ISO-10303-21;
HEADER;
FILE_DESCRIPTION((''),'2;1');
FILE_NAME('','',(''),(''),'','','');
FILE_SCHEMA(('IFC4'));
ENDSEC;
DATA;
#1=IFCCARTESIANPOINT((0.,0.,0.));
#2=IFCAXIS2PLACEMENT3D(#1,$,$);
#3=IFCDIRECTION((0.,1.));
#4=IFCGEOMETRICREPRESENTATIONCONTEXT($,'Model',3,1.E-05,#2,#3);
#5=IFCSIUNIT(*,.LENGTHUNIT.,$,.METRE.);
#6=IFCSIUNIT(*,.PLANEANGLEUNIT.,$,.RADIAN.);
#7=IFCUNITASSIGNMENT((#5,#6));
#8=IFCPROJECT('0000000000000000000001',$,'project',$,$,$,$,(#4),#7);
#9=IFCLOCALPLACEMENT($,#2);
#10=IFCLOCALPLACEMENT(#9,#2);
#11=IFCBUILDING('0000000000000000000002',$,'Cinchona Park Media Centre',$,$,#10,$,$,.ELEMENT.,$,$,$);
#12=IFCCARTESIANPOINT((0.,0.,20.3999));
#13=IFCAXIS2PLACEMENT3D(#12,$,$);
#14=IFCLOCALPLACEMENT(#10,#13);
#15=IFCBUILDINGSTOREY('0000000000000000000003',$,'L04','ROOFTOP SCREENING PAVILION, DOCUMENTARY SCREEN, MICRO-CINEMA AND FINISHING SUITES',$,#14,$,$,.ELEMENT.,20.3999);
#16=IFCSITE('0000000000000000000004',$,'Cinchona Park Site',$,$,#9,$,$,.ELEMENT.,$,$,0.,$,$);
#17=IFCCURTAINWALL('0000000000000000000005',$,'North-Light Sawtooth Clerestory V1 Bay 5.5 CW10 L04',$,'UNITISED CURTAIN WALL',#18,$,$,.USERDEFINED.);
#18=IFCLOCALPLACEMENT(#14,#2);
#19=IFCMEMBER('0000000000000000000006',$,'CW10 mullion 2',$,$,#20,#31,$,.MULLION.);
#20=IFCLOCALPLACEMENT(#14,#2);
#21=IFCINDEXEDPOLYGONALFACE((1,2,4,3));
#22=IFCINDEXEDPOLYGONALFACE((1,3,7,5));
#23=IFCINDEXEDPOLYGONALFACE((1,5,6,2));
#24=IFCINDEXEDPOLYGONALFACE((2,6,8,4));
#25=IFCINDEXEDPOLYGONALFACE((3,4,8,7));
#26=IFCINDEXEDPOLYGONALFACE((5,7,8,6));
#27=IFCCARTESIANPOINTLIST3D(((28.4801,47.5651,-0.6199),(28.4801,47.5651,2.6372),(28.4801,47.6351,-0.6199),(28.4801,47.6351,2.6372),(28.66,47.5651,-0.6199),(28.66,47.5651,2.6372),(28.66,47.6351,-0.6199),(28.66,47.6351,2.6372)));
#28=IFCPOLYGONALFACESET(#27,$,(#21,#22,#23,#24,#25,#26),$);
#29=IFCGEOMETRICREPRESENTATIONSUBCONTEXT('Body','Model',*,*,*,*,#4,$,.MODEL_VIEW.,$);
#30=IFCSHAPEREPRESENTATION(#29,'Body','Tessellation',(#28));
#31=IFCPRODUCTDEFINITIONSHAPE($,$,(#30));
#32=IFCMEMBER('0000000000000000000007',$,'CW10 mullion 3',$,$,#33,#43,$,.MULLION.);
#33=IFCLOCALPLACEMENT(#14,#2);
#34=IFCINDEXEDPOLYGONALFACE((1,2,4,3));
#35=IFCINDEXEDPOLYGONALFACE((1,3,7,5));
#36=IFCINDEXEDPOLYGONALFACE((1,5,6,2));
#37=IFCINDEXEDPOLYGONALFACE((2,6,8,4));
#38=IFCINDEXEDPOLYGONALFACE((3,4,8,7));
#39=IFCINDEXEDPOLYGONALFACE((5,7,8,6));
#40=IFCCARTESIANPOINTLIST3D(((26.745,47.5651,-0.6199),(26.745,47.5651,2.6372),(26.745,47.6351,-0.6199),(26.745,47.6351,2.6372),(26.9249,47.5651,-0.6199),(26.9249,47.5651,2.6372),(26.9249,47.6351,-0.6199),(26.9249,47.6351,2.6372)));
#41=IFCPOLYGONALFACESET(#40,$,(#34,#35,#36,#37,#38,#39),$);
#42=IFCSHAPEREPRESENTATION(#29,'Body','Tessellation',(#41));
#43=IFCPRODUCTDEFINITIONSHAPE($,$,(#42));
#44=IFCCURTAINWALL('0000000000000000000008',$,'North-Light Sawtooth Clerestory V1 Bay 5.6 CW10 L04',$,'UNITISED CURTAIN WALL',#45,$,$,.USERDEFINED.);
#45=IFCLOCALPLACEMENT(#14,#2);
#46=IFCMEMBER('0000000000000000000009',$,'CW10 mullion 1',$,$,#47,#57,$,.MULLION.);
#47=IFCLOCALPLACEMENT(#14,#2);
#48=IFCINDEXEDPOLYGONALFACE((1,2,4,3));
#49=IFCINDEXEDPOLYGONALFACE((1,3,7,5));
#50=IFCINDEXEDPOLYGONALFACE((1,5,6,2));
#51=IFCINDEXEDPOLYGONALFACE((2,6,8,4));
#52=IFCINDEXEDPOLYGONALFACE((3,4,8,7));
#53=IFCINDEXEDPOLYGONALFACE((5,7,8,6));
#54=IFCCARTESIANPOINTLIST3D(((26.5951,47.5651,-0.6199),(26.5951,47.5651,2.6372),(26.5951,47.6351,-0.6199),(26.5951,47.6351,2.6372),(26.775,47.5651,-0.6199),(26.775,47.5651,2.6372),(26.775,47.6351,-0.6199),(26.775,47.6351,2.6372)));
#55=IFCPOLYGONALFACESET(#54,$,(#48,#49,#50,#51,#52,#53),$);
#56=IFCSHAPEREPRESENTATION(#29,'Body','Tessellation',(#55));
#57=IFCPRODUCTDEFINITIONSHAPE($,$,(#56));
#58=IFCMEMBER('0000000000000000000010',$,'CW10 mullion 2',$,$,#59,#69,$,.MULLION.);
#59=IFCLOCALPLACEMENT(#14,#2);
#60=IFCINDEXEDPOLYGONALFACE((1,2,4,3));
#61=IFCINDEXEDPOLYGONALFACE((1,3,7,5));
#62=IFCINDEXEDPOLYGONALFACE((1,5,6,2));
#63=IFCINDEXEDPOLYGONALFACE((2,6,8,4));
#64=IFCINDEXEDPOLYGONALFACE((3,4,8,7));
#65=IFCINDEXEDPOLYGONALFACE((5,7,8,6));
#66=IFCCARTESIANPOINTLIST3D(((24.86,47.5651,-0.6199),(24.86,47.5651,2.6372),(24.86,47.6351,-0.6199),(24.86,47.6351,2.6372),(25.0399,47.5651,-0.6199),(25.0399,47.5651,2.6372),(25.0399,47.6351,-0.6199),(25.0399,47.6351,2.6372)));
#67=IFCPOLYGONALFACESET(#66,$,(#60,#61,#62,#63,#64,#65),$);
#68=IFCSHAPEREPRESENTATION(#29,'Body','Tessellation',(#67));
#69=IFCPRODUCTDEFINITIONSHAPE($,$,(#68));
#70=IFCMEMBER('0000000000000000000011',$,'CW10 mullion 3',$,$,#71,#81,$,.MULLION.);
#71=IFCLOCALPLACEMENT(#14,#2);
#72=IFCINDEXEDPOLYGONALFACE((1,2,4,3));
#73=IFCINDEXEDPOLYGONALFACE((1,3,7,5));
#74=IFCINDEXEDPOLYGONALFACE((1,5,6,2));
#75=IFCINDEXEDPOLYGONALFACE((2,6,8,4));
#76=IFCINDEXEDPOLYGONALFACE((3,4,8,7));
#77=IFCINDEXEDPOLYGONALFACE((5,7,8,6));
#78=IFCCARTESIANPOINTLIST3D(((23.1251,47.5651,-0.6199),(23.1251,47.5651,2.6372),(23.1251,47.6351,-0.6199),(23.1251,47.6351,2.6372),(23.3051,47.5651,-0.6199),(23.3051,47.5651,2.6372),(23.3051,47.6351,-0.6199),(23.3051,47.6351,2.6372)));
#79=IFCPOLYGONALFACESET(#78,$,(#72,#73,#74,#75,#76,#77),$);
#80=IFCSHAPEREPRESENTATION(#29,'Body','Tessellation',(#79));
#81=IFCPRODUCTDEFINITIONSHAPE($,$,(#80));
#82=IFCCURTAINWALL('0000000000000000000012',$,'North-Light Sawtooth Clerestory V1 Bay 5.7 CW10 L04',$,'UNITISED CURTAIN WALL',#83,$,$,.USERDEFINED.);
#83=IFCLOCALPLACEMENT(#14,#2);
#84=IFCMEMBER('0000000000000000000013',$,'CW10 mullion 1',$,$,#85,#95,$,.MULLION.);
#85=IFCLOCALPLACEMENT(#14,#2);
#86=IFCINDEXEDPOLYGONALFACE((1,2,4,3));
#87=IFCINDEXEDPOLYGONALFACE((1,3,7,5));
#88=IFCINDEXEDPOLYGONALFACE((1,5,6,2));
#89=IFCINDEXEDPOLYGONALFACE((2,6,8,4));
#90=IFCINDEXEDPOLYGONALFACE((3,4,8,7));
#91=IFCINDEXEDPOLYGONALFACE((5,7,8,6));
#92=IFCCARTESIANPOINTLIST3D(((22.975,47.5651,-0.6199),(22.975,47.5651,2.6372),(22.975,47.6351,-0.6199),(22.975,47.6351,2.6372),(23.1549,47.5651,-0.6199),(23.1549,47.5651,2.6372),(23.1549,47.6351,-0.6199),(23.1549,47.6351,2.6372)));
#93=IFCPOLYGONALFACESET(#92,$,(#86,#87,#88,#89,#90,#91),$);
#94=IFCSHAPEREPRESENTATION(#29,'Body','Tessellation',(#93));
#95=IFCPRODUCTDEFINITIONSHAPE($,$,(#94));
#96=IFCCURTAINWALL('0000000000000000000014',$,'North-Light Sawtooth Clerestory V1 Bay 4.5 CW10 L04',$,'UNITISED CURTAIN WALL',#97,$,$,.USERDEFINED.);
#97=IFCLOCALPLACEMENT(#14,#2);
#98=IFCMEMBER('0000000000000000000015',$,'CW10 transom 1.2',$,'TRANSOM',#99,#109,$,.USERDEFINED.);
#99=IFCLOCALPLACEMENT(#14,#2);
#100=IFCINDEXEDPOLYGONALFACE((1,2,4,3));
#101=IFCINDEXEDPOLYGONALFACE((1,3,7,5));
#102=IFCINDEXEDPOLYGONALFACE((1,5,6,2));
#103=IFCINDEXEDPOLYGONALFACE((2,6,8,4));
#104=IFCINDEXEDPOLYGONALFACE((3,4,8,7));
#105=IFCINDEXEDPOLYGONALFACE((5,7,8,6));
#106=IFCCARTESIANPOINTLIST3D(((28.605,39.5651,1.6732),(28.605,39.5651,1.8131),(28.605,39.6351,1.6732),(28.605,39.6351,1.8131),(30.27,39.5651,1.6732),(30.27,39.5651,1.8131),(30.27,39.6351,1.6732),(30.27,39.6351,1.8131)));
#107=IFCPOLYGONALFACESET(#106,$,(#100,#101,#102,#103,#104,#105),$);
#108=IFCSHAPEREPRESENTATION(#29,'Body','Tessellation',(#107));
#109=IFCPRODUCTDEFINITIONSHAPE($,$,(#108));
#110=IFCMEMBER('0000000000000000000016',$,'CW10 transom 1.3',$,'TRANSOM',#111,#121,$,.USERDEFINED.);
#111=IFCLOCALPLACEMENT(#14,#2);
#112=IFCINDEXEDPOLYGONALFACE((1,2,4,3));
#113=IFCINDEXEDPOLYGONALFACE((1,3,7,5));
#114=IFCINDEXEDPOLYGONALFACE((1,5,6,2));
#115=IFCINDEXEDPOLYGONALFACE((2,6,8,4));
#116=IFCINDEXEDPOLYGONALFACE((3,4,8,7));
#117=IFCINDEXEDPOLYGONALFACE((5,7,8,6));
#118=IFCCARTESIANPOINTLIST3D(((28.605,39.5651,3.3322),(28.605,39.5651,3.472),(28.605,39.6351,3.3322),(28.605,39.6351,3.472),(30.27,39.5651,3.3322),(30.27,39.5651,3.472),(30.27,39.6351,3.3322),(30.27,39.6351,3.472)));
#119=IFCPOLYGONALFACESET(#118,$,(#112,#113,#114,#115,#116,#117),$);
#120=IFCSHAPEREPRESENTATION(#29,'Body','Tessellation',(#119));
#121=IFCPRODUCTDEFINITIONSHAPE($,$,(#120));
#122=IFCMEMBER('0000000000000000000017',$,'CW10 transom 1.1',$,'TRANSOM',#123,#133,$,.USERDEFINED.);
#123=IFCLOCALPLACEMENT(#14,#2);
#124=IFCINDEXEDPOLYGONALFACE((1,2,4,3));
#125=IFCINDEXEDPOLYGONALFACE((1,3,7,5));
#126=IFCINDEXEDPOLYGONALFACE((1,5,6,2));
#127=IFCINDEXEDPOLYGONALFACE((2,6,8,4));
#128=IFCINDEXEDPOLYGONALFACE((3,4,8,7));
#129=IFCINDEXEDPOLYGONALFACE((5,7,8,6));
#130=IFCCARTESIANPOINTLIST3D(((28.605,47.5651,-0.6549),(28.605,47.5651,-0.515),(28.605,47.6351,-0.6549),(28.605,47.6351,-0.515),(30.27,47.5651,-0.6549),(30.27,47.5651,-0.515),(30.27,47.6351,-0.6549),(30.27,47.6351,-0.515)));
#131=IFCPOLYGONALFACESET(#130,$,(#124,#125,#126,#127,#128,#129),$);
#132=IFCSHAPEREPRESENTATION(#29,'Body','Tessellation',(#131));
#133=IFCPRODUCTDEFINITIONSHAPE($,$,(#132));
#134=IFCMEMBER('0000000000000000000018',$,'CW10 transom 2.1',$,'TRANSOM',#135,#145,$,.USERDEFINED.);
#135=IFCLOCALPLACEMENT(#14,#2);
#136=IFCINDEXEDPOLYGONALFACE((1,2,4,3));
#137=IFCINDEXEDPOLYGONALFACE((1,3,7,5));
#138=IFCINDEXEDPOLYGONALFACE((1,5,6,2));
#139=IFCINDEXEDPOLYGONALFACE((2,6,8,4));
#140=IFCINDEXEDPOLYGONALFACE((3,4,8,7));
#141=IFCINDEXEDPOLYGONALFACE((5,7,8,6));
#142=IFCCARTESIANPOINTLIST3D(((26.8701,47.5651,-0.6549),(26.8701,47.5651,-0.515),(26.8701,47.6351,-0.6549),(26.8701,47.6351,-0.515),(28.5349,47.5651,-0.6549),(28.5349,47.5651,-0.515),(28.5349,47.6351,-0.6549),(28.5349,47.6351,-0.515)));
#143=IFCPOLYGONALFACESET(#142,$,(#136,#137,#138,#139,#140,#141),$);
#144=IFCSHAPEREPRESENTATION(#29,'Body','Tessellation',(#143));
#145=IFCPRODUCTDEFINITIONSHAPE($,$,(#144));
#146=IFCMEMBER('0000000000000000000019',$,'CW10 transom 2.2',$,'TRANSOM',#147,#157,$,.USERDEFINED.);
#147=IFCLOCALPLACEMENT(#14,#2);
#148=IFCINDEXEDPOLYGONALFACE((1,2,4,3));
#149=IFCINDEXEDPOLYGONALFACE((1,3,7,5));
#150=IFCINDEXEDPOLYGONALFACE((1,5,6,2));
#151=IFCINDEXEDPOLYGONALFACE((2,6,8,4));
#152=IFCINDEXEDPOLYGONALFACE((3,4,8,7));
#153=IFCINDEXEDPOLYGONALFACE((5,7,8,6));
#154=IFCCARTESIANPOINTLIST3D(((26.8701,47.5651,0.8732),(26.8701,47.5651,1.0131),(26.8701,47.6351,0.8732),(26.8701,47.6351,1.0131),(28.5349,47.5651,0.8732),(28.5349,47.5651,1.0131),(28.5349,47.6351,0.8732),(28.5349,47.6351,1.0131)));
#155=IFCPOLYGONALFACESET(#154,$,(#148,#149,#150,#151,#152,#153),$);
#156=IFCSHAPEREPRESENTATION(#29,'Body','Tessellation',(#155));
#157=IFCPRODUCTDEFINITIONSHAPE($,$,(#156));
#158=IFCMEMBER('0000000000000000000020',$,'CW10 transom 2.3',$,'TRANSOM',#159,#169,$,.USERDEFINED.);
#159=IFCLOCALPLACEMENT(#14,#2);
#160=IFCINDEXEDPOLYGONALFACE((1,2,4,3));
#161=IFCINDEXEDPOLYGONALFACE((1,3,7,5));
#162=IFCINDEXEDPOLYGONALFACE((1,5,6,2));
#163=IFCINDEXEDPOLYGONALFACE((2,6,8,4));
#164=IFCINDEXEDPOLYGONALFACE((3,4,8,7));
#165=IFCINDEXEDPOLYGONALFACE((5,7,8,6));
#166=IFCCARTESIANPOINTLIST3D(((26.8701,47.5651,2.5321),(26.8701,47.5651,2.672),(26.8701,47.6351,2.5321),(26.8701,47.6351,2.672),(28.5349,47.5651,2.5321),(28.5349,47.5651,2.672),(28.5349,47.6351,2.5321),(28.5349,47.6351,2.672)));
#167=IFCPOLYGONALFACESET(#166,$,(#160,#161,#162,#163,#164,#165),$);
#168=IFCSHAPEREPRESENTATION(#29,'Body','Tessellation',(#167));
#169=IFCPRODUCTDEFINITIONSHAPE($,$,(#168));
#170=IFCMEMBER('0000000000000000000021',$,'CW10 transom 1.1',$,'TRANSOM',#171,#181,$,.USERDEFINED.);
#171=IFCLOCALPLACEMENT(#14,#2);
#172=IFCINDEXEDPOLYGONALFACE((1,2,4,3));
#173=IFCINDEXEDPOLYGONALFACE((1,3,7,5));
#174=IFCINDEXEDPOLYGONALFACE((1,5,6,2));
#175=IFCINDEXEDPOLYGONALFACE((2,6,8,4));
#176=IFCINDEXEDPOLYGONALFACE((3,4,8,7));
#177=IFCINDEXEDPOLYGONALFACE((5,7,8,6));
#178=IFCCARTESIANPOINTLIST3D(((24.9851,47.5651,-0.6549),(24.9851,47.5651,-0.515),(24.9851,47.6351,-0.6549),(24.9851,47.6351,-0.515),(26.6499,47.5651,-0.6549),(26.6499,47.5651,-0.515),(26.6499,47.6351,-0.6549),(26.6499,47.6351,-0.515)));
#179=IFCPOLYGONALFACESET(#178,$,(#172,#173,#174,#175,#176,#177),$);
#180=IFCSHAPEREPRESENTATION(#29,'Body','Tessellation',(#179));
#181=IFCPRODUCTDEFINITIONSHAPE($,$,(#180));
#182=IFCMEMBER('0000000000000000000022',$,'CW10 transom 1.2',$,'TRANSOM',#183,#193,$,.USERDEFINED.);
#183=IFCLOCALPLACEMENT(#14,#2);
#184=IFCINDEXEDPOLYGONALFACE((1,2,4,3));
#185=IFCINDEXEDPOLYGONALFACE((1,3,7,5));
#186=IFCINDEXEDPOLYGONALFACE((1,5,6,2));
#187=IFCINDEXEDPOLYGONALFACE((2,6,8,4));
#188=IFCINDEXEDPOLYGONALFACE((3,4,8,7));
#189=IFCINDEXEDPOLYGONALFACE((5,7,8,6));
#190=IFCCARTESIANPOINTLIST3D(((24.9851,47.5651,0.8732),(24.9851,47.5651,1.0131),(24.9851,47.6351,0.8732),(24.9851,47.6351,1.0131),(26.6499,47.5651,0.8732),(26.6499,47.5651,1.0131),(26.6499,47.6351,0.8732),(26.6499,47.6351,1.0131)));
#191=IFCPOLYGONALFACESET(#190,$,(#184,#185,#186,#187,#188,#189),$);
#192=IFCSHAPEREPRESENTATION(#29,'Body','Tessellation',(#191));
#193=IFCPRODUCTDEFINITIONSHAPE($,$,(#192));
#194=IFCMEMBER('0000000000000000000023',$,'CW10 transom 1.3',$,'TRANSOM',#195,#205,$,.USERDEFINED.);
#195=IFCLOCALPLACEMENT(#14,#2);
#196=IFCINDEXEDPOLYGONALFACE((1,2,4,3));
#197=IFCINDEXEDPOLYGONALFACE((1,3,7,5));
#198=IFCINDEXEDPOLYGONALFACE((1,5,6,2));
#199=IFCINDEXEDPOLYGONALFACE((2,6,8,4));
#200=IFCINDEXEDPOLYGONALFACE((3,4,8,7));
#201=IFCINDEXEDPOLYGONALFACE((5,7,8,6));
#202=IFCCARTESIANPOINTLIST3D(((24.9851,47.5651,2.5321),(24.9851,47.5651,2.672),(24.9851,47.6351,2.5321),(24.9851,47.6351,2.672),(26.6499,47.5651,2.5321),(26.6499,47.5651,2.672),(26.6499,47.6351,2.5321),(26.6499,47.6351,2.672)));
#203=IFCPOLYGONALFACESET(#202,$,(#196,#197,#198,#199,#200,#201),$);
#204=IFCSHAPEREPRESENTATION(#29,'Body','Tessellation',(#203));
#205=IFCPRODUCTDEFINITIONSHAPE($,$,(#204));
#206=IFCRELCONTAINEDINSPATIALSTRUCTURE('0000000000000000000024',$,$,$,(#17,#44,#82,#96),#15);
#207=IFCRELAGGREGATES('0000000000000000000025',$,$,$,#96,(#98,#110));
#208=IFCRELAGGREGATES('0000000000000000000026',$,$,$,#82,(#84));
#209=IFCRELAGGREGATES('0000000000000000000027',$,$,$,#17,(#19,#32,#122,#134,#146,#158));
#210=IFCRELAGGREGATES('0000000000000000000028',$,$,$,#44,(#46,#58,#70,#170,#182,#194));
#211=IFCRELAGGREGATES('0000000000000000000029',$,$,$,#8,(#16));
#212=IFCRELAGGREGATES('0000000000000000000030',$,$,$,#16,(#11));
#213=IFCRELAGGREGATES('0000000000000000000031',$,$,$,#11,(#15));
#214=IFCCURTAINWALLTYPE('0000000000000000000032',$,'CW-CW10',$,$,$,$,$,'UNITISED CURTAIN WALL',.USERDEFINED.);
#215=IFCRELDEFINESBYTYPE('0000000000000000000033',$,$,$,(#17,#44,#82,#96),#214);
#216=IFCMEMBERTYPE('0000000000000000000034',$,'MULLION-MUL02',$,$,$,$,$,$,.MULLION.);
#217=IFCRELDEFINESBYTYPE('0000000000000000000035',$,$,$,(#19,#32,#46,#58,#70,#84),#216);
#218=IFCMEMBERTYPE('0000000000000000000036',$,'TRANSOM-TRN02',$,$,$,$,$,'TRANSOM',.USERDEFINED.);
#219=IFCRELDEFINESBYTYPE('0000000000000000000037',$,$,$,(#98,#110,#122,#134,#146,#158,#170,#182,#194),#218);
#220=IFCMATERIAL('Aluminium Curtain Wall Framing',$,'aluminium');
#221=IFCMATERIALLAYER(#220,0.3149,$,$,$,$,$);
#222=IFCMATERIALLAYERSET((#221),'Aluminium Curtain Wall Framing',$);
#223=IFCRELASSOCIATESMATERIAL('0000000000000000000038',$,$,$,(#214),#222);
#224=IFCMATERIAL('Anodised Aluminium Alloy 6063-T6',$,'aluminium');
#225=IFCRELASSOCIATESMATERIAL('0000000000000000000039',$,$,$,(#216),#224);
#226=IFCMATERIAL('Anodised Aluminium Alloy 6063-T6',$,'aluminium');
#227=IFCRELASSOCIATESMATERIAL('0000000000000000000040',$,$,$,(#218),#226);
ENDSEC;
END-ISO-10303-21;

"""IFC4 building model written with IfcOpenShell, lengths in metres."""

from ifc_helpers import new_model, si_unit, direction, frame, origin, origin_2d, place, context, subcontext, project, spatial, rectangle, extrude, material, layer, layer_set, material_profile, profile_set, type_object, element, aggregate, save


model = new_model("IFC4")

# Units and contexts
model_context = context("Model", 3, precision=1e-05, world=origin(), true_north=direction((0.0, 1.0)))
body_context = subcontext(model_context, "Body", "Model", "MODEL_VIEW")
ifc_project = project(units=[si_unit("LENGTHUNIT", "METRE"), si_unit("PLANEANGLEUNIT", "RADIAN")], contexts=[model_context])

# Site, building, storey
site_placement = place(None, origin())
site = spatial("IfcSite", under=ifc_project, at=site_placement, Name="Cinchona Park Site", CompositionType="ELEMENT", RefElevation=0.0)
building_placement = place(site_placement, origin())
building = spatial("IfcBuilding", under=site, at=building_placement, Name="Cinchona Park Media Centre", CompositionType="ELEMENT")
storey_placement = place(building_placement, frame((0.0, 0.0, 20.3999)))
storey = spatial("IfcBuildingStorey", under=building, at=storey_placement, Name="L04", Description="ROOFTOP SCREENING PAVILION, DOCUMENTARY SCREEN, MICRO-CINEMA AND FINISHING SUITES", CompositionType="ELEMENT", Elevation=20.3999)

# Curtain walls, members
ifc_material_1 = material(Name="Aluminium Curtain Wall Framing", Category="aluminium")
ifc_layer_1 = layer(ifc_material_1, 0.3149)
ifc_layer_set_1 = layer_set([ifc_layer_1], Name="Aluminium Curtain Wall Framing")
curtain_wall_type = type_object("IfcCurtainWallType", Name="CW-CW10", ElementType="UNITISED CURTAIN WALL", PredefinedType="USERDEFINED", material=ifc_layer_set_1)
curtain_wall_1_placement = place(storey_placement, origin())
curtain_wall_1 = element("IfcCurtainWall", 1, at=curtain_wall_1_placement, inside=storey, type_object=curtain_wall_type, Name="North-Light Sawtooth Clerestory V1 Bay 5.5 CW10 L04", ObjectType="UNITISED CURTAIN WALL", PredefinedType="USERDEFINED")
ifc_material_2 = material(Name="Anodised Aluminium Alloy 6063-T6", Category="aluminium")
ifc_material_profile_1 = material_profile(ifc_material_2, rectangle(XDim=0.0701, YDim=0.1799, at=origin_2d()), Name="MUL-70X180")
ifc_profile_set_1 = profile_set([ifc_material_profile_1], Name="Anodised Aluminium Alloy 6063-T6")
member_type_1 = type_object("IfcMemberType", Name="MULLION-MUL02", PredefinedType="MULLION", material=ifc_profile_set_1)
member_1_placement = place(storey_placement, frame((28.5701, 47.6001, -0.6199), z_axis=(0.0, 0.0, 1.0), x_axis=(0.0, -1.0, 0.0)))
member_1 = element("IfcMember", 2, at=member_1_placement, type_object=member_type_1, Name="CW10 mullion 2", PredefinedType="MULLION", context=body_context, shape_type="SweptSolid", body=[
    extrude(rectangle(XDim=0.0701, YDim=0.1799, at=origin_2d()), origin(), (0.0, 0.0, 1.0), 3.2571),
])
member_2_placement = place(storey_placement, frame((26.835, 47.6001, -0.6199), z_axis=(0.0, 0.0, 1.0), x_axis=(0.0, -1.0, 0.0)))
member_2 = element("IfcMember", 3, at=member_2_placement, type_object=member_type_1, Name="CW10 mullion 3", PredefinedType="MULLION", context=body_context, shape_type="SweptSolid", body=[
    extrude(rectangle(XDim=0.0701, YDim=0.1799, at=origin_2d()), origin(), (0.0, 0.0, 1.0), 3.2571),
])
curtain_wall_2_placement = place(storey_placement, origin())
curtain_wall_2 = element("IfcCurtainWall", 4, at=curtain_wall_2_placement, inside=storey, type_object=curtain_wall_type, Name="North-Light Sawtooth Clerestory V1 Bay 5.6 CW10 L04", ObjectType="UNITISED CURTAIN WALL", PredefinedType="USERDEFINED")
member_3_placement = place(storey_placement, frame((26.6851, 47.6001, -0.6199), z_axis=(0.0, 0.0, 1.0), x_axis=(0.0, -1.0, 0.0)))
member_3 = element("IfcMember", 5, at=member_3_placement, type_object=member_type_1, Name="CW10 mullion 1", PredefinedType="MULLION", context=body_context, shape_type="SweptSolid", body=[
    extrude(rectangle(XDim=0.0701, YDim=0.1799, at=origin_2d()), origin(), (0.0, 0.0, 1.0), 3.2571),
])
member_4_placement = place(storey_placement, frame((24.95, 47.6001, -0.6199), z_axis=(0.0, 0.0, 1.0), x_axis=(0.0, -1.0, 0.0)))
member_4 = element("IfcMember", 6, at=member_4_placement, type_object=member_type_1, Name="CW10 mullion 2", PredefinedType="MULLION", context=body_context, shape_type="SweptSolid", body=[
    extrude(rectangle(XDim=0.0701, YDim=0.1799, at=origin_2d()), origin(), (0.0, 0.0, 1.0), 3.2571),
])
member_5_placement = place(storey_placement, frame((23.2151, 47.6001, -0.6199), z_axis=(0.0, 0.0, 1.0), x_axis=(0.0, -1.0, 0.0)))
member_5 = element("IfcMember", 7, at=member_5_placement, type_object=member_type_1, Name="CW10 mullion 3", PredefinedType="MULLION", context=body_context, shape_type="SweptSolid", body=[
    extrude(rectangle(XDim=0.0701, YDim=0.1799, at=origin_2d()), origin(), (0.0, 0.0, 1.0), 3.2571),
])

# Curtain wall, member
curtain_wall_3_placement = place(storey_placement, origin())
curtain_wall_3 = element("IfcCurtainWall", 8, at=curtain_wall_3_placement, inside=storey, type_object=curtain_wall_type, Name="North-Light Sawtooth Clerestory V1 Bay 5.7 CW10 L04", ObjectType="UNITISED CURTAIN WALL", PredefinedType="USERDEFINED")
member_6_placement = place(storey_placement, frame((23.0649, 47.6001, -0.6199), z_axis=(0.0, 0.0, 1.0), x_axis=(0.0, -1.0, 0.0)))
member_6 = element("IfcMember", 9, at=member_6_placement, type_object=member_type_1, Name="CW10 mullion 1", PredefinedType="MULLION", context=body_context, shape_type="SweptSolid", body=[
    extrude(rectangle(XDim=0.0701, YDim=0.1799, at=origin_2d()), origin(), (0.0, 0.0, 1.0), 3.2571),
])

# Curtain wall, members
curtain_wall_4_placement = place(storey_placement, origin())
curtain_wall_4 = element("IfcCurtainWall", 10, at=curtain_wall_4_placement, inside=storey, type_object=curtain_wall_type, Name="North-Light Sawtooth Clerestory V1 Bay 4.5 CW10 L04", ObjectType="UNITISED CURTAIN WALL", PredefinedType="USERDEFINED")
ifc_material_3 = material(Name="Anodised Aluminium Alloy 6063-T6", Category="aluminium")
ifc_material_profile_2 = material_profile(ifc_material_3, rectangle(XDim=0.0701, YDim=0.1399, at=origin_2d()), Name="TRN-70X140")
ifc_profile_set_2 = profile_set([ifc_material_profile_2], Name="Anodised Aluminium Alloy 6063-T6")
member_type_2 = type_object("IfcMemberType", Name="TRANSOM-TRN02", ElementType="TRANSOM", PredefinedType="USERDEFINED", material=ifc_profile_set_2)
member_7_placement = place(storey_placement, frame((30.27, 39.6001, 1.7432), z_axis=(-1.0, 0.0, 0.0), x_axis=(0.0, -1.0, 0.0)))
member_7 = element("IfcMember", 11, at=member_7_placement, type_object=member_type_2, Name="CW10 transom 1.2", ObjectType="TRANSOM", PredefinedType="USERDEFINED", context=body_context, shape_type="SweptSolid", body=[
    extrude(rectangle(XDim=0.0701, YDim=0.1399, at=origin_2d()), origin(), (0.0, 0.0, 1.0), 1.665),
])
member_8_placement = place(storey_placement, frame((30.27, 39.6001, 3.4021), z_axis=(-1.0, 0.0, 0.0), x_axis=(0.0, -1.0, 0.0)))
member_8 = element("IfcMember", 12, at=member_8_placement, type_object=member_type_2, Name="CW10 transom 1.3", ObjectType="TRANSOM", PredefinedType="USERDEFINED", context=body_context, shape_type="SweptSolid", body=[
    extrude(rectangle(XDim=0.0701, YDim=0.1399, at=origin_2d()), origin(), (0.0, 0.0, 1.0), 1.665),
])
aggregate(curtain_wall_4, [member_7, member_8])

# Members
member_9_placement = place(storey_placement, frame((30.27, 47.6001, -0.585), z_axis=(-1.0, 0.0, 0.0), x_axis=(0.0, -1.0, 0.0)))
member_9 = element("IfcMember", 13, at=member_9_placement, type_object=member_type_2, Name="CW10 transom 1.1", ObjectType="TRANSOM", PredefinedType="USERDEFINED", context=body_context, shape_type="SweptSolid", body=[
    extrude(rectangle(XDim=0.0701, YDim=0.1399, at=origin_2d()), origin(), (0.0, 0.0, 1.0), 1.665),
])
member_10_placement = place(storey_placement, frame((28.5349, 47.6001, -0.585), z_axis=(-1.0, 0.0, 0.0), x_axis=(0.0, -1.0, 0.0)))
member_10 = element("IfcMember", 14, at=member_10_placement, type_object=member_type_2, Name="CW10 transom 2.1", ObjectType="TRANSOM", PredefinedType="USERDEFINED", context=body_context, shape_type="SweptSolid", body=[
    extrude(rectangle(XDim=0.0701, YDim=0.1399, at=origin_2d()), origin(), (0.0, 0.0, 1.0), 1.6648),
])
member_11_placement = place(storey_placement, frame((28.5349, 47.6001, 0.9431), z_axis=(-1.0, 0.0, 0.0), x_axis=(0.0, -1.0, 0.0)))
member_11 = element("IfcMember", 15, at=member_11_placement, type_object=member_type_2, Name="CW10 transom 2.2", ObjectType="TRANSOM", PredefinedType="USERDEFINED", context=body_context, shape_type="SweptSolid", body=[
    extrude(rectangle(XDim=0.0701, YDim=0.1399, at=origin_2d()), origin(), (0.0, 0.0, 1.0), 1.6648),
])
member_12_placement = place(storey_placement, frame((28.5349, 47.6001, 2.6021), z_axis=(-1.0, 0.0, 0.0), x_axis=(0.0, -1.0, 0.0)))
member_12 = element("IfcMember", 16, at=member_12_placement, type_object=member_type_2, Name="CW10 transom 2.3", ObjectType="TRANSOM", PredefinedType="USERDEFINED", context=body_context, shape_type="SweptSolid", body=[
    extrude(rectangle(XDim=0.0701, YDim=0.1399, at=origin_2d()), origin(), (0.0, 0.0, 1.0), 1.6648),
])
member_13_placement = place(storey_placement, frame((26.6499, 47.6001, -0.585), z_axis=(-1.0, 0.0, 0.0), x_axis=(0.0, -1.0, 0.0)))
member_13 = element("IfcMember", 17, at=member_13_placement, type_object=member_type_2, Name="CW10 transom 1.1", ObjectType="TRANSOM", PredefinedType="USERDEFINED", context=body_context, shape_type="SweptSolid", body=[
    extrude(rectangle(XDim=0.0701, YDim=0.1399, at=origin_2d()), origin(), (0.0, 0.0, 1.0), 1.6648),
])
member_14_placement = place(storey_placement, frame((26.6499, 47.6001, 0.9431), z_axis=(-1.0, 0.0, 0.0), x_axis=(0.0, -1.0, 0.0)))
member_14 = element("IfcMember", 18, at=member_14_placement, type_object=member_type_2, Name="CW10 transom 1.2", ObjectType="TRANSOM", PredefinedType="USERDEFINED", context=body_context, shape_type="SweptSolid", body=[
    extrude(rectangle(XDim=0.0701, YDim=0.1399, at=origin_2d()), origin(), (0.0, 0.0, 1.0), 1.6648),
])
member_15_placement = place(storey_placement, frame((26.6499, 47.6001, 2.6021), z_axis=(-1.0, 0.0, 0.0), x_axis=(0.0, -1.0, 0.0)))
member_15 = element("IfcMember", 19, at=member_15_placement, type_object=member_type_2, Name="CW10 transom 1.3", ObjectType="TRANSOM", PredefinedType="USERDEFINED", context=body_context, shape_type="SweptSolid", body=[
    extrude(rectangle(XDim=0.0701, YDim=0.1399, at=origin_2d()), origin(), (0.0, 0.0, 1.0), 1.6648),
])
aggregate(curtain_wall_3, [member_6])

aggregate(curtain_wall_1, [member_1, member_2, member_9, member_10, member_11, member_12])
aggregate(curtain_wall_2, [member_3, member_4, member_5, member_13, member_14, member_15])

save(model, "model.ifc")
